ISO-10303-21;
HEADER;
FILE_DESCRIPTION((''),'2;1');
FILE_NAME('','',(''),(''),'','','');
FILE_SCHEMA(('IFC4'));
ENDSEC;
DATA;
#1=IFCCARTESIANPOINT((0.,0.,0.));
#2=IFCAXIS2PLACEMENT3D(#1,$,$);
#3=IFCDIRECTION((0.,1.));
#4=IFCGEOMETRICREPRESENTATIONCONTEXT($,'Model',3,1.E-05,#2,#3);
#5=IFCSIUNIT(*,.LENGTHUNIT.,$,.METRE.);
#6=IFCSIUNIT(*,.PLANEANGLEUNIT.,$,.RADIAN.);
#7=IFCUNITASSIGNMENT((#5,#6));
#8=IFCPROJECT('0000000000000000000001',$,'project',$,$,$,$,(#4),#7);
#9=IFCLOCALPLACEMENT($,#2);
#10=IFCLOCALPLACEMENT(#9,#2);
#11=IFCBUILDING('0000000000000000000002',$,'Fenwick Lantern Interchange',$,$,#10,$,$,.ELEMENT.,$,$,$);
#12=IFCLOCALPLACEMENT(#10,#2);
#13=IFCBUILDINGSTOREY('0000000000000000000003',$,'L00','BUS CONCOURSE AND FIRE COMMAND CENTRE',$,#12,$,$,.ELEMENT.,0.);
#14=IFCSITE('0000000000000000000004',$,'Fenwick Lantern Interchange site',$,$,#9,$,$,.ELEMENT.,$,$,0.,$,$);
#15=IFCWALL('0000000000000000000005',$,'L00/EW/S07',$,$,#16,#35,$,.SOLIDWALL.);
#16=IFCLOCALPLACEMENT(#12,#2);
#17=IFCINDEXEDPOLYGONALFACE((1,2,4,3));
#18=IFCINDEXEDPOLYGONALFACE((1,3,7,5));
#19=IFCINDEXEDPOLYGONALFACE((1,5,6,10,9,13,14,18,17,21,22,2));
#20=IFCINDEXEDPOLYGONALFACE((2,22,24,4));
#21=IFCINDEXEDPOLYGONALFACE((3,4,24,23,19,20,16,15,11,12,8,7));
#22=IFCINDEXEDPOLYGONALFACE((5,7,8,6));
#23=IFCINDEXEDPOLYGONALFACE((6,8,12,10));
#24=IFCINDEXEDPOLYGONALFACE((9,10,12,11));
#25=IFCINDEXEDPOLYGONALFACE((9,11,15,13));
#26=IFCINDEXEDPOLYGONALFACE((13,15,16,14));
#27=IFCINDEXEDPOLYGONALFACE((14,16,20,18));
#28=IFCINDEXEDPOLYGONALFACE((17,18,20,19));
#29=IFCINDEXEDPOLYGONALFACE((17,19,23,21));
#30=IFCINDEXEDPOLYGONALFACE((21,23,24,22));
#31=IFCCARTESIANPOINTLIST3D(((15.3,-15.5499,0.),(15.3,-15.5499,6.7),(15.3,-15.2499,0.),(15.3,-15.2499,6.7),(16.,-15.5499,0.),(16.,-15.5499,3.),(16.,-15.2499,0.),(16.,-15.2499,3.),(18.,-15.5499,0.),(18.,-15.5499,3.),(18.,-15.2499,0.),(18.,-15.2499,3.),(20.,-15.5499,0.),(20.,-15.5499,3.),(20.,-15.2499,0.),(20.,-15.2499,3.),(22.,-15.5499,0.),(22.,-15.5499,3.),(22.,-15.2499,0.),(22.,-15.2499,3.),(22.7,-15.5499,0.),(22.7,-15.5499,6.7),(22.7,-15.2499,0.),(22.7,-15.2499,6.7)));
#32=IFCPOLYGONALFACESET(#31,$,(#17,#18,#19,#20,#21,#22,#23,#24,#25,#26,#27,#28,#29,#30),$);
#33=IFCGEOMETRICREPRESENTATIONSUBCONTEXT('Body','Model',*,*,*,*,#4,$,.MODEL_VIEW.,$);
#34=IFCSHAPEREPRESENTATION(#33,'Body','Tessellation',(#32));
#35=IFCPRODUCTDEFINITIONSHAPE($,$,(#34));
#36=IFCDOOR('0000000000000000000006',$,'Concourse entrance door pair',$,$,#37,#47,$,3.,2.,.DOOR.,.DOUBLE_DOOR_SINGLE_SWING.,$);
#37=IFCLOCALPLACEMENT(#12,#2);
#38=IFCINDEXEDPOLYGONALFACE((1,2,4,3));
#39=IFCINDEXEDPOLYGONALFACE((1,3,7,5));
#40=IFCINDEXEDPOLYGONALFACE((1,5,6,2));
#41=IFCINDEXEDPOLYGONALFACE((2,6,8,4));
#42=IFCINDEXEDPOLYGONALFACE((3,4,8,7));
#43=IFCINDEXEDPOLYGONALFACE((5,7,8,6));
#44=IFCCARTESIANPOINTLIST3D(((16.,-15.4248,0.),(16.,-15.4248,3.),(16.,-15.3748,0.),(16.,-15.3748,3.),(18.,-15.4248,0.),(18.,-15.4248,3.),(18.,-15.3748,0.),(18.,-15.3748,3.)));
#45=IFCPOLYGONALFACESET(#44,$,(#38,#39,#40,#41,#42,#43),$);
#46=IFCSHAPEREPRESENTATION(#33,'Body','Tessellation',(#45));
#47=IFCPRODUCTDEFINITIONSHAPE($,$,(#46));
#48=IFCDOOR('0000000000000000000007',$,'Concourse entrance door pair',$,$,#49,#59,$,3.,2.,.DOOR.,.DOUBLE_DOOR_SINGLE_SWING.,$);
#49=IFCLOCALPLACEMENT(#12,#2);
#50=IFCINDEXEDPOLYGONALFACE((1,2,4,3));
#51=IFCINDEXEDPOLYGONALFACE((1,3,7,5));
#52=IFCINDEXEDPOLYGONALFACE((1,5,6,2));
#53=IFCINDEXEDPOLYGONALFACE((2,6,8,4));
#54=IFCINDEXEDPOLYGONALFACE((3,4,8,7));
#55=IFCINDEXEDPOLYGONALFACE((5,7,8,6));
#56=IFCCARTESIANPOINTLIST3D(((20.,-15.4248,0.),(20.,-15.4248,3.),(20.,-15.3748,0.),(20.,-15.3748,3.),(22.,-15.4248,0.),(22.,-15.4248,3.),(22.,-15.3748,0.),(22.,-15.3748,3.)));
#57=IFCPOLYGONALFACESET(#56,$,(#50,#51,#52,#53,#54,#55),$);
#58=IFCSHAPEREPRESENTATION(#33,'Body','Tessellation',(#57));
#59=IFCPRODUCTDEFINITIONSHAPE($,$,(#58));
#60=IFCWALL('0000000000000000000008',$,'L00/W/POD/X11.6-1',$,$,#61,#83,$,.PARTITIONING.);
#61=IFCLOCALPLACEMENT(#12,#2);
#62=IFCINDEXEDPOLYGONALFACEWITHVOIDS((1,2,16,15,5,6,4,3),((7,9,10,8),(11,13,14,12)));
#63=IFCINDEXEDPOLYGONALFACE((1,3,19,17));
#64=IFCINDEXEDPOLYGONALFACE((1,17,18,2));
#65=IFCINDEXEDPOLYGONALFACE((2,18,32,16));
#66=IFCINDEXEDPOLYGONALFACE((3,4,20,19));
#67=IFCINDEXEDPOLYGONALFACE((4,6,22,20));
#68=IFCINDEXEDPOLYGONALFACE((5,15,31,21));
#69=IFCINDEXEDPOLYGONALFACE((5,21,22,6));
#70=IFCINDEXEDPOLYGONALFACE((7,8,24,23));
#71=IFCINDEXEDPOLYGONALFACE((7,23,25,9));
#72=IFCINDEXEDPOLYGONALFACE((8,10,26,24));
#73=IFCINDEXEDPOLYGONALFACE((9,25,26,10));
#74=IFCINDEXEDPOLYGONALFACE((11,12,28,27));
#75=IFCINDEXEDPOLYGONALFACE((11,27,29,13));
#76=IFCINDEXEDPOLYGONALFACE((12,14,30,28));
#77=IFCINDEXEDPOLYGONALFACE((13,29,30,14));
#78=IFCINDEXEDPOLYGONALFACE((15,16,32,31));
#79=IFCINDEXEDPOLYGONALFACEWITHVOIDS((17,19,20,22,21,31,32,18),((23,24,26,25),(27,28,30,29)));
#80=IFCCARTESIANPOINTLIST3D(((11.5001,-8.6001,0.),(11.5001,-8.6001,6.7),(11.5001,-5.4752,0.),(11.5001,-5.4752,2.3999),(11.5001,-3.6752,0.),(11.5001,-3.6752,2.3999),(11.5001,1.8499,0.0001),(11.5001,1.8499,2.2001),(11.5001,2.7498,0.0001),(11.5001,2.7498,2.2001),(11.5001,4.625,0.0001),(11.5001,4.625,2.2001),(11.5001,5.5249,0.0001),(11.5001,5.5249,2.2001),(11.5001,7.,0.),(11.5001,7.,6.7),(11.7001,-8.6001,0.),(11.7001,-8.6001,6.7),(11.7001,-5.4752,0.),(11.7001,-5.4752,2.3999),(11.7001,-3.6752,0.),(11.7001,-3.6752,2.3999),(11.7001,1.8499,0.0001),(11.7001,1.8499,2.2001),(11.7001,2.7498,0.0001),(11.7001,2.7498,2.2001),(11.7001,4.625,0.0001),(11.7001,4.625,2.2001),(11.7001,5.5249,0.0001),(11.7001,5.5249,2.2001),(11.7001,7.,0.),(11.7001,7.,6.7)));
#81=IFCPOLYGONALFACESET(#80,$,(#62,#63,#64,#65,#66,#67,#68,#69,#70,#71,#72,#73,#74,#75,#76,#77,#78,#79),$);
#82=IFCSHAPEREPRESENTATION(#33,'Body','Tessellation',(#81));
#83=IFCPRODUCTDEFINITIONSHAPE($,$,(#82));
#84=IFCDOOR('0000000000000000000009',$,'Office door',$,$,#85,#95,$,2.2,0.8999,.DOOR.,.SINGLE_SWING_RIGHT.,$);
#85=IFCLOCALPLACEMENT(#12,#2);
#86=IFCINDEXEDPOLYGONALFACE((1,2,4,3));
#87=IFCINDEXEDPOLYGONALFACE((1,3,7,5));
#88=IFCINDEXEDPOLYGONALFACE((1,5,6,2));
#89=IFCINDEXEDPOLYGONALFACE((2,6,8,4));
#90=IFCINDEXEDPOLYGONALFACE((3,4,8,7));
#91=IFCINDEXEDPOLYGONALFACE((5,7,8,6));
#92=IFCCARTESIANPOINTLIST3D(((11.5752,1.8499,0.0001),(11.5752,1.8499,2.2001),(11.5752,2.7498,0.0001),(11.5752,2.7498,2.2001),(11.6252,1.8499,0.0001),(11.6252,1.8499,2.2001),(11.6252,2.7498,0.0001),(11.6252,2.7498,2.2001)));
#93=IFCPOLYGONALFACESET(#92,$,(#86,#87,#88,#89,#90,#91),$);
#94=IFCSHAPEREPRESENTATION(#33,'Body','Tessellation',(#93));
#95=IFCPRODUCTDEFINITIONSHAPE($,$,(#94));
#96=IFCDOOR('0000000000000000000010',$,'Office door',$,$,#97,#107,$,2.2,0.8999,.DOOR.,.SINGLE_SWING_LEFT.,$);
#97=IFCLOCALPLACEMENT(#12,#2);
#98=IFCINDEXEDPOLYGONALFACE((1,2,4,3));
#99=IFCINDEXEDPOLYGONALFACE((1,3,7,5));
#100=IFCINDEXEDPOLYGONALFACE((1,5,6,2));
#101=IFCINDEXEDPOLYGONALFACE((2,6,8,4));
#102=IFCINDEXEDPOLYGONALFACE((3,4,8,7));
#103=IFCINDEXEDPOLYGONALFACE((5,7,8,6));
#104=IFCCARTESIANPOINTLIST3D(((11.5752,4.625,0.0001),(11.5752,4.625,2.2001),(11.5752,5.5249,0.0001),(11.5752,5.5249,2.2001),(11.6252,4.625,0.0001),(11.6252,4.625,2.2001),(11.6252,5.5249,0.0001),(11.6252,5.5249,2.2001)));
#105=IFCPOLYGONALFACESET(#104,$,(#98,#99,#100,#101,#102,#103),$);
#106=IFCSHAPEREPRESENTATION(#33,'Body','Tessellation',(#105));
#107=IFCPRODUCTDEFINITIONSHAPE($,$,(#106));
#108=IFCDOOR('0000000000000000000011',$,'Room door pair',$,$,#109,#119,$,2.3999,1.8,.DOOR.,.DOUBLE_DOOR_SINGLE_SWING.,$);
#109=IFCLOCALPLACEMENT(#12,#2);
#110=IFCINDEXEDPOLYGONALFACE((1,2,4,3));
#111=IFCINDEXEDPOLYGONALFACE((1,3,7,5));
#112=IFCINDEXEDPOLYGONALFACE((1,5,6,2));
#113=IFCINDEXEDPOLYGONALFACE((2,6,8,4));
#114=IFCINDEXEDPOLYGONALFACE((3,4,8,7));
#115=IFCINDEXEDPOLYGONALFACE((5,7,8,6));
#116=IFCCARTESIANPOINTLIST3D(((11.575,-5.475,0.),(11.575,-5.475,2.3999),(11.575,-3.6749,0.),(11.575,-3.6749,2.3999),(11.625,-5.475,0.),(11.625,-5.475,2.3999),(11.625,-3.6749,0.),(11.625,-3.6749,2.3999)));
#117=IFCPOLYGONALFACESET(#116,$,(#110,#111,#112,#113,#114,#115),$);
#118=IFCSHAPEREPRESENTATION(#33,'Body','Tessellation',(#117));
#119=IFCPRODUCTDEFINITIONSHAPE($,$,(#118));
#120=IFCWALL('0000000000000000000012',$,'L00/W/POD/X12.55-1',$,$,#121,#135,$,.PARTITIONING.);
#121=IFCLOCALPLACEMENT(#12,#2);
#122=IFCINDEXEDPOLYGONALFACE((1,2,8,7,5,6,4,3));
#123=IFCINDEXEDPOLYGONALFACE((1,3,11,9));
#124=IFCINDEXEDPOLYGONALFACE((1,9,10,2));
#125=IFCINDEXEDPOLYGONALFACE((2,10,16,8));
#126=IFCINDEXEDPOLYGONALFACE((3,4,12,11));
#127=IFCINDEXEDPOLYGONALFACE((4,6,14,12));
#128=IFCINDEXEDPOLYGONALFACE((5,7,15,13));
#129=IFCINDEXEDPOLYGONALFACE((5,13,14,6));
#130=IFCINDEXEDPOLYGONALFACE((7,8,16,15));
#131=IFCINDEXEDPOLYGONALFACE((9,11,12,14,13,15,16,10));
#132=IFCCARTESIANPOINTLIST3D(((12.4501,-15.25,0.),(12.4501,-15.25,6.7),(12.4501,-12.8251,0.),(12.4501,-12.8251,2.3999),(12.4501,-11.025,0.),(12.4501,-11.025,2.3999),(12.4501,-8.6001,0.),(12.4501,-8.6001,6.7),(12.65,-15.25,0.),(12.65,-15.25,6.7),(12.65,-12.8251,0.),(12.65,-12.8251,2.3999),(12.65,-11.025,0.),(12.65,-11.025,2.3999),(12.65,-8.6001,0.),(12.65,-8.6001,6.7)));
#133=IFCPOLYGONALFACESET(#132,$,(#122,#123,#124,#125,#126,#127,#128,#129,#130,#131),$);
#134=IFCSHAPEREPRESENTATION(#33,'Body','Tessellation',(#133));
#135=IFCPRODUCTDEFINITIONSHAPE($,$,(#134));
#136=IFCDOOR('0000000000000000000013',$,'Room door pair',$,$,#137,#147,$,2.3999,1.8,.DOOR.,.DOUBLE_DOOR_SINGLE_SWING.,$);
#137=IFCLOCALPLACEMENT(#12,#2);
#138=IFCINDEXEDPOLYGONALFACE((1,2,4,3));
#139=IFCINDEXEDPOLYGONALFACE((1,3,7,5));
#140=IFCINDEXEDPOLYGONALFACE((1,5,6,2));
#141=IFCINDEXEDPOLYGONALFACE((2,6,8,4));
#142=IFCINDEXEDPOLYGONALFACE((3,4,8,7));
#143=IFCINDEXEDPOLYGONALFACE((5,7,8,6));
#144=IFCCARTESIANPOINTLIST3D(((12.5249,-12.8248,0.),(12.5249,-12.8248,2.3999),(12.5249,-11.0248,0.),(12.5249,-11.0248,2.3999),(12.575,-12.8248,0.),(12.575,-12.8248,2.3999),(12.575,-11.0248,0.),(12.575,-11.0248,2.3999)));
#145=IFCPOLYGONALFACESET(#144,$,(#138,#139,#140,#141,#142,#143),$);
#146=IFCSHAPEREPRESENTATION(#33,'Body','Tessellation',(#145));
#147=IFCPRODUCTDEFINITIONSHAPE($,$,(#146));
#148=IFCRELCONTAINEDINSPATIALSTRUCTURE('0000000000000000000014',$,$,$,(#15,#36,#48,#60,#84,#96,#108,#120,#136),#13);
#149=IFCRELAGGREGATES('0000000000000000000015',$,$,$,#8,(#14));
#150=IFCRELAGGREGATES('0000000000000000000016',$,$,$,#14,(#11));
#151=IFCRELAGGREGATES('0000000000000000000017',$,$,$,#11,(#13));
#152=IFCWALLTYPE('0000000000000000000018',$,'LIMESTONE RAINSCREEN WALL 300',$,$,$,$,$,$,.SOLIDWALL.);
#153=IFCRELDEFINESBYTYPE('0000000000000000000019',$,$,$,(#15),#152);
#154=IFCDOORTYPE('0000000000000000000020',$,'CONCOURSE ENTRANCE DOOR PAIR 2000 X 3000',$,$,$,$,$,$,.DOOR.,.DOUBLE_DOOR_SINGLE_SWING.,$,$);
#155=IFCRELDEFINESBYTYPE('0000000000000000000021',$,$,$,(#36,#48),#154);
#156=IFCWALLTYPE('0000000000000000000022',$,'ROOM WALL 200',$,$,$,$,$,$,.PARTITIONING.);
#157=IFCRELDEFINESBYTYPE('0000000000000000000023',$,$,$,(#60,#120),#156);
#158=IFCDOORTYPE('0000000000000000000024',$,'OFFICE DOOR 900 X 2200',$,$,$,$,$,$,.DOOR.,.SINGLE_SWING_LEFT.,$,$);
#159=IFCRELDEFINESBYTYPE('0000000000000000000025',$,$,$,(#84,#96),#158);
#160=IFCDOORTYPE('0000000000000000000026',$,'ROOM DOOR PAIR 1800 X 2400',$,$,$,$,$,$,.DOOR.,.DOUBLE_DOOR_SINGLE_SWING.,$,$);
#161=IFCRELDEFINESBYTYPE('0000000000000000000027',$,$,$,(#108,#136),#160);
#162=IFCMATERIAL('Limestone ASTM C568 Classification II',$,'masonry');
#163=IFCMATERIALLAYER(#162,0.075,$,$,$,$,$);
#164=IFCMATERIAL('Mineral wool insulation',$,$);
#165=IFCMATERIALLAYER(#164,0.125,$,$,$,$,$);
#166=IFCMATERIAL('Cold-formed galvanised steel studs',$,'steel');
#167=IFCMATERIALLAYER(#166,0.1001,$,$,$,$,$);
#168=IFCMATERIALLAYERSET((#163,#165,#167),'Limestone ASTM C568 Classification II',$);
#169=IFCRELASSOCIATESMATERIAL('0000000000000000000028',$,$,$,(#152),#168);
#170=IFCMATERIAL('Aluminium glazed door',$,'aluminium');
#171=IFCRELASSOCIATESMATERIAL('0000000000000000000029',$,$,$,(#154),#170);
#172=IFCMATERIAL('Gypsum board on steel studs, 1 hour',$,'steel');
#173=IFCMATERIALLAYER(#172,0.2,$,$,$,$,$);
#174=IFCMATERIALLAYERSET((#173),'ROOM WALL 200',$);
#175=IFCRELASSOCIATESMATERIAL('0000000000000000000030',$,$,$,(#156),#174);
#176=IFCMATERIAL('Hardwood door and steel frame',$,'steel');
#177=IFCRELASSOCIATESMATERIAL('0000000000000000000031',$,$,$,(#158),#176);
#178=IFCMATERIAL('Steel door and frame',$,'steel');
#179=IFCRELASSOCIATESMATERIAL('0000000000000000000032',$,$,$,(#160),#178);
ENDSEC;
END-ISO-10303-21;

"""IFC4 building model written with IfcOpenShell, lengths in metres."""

from ifc_helpers import new_model, si_unit, direction, frame, frame_2d, origin, place, context, subcontext, project, spatial, rectangle, extrude, material, layer, layer_set, type_object, element, fill, save


model = new_model("IFC4")

# Units and contexts
model_context = context("Model", 3, precision=1e-05, world=origin(), true_north=direction((0.0, 1.0)))
body_context = subcontext(model_context, "Body", "Model", "MODEL_VIEW")
ifc_project = project(units=[si_unit("LENGTHUNIT", "METRE"), si_unit("PLANEANGLEUNIT", "RADIAN")], contexts=[model_context])

# Site, building, storey
site_placement = place(None, origin())
site = spatial("IfcSite", under=ifc_project, at=site_placement, Name="Fenwick Lantern Interchange site", CompositionType="ELEMENT", RefElevation=0.0)
building_placement = place(site_placement, origin())
building = spatial("IfcBuilding", under=site, at=building_placement, Name="Fenwick Lantern Interchange", CompositionType="ELEMENT")
storey_placement = place(building_placement, origin())
storey = spatial("IfcBuildingStorey", under=building, at=storey_placement, Name="L00", Description="BUS CONCOURSE AND FIRE COMMAND CENTRE", CompositionType="ELEMENT", Elevation=0.0)

# Shared definitions
ifc_material_1 = material(Name="Limestone ASTM C568 Classification II", Category="masonry")
ifc_layer_1 = layer(ifc_material_1, 0.075)
ifc_material_2 = material(Name="Mineral wool insulation")
ifc_layer_2 = layer(ifc_material_2, 0.125)
ifc_material_3 = material(Name="Cold-formed galvanised steel studs", Category="steel")
ifc_layer_3 = layer(ifc_material_3, 0.1001)
ifc_layer_set_1 = layer_set([ifc_layer_1, ifc_layer_2, ifc_layer_3], Name="Limestone ASTM C568 Classification II")
wall_type_1 = type_object("IfcWallType", Name="LIMESTONE RAINSCREEN WALL 300", PredefinedType="SOLIDWALL", material=ifc_layer_set_1)

# Walls, openings, doors
wall_1_placement = place(storey_placement, frame((15.3, -15.3999, 0.0), z_axis=(0.0, 0.0, 1.0), x_axis=(1.0, 0.0, 0.0)))
wall_1 = element("IfcWall", 1, at=wall_1_placement, inside=storey, type_object=wall_type_1, Name="L00/EW/S07", PredefinedType="SOLIDWALL", context=body_context, shape_type="SweptSolid", body=[
    extrude(rectangle(XDim=7.3999, YDim=0.3, at=frame_2d((3.7, 0.0))), origin(), (0.0, 0.0, 1.0), 6.7),
])
opening_1_placement = place(wall_1_placement, frame((0.7, 0.0, 0.0)))
opening_1 = element("IfcOpeningElement", 2, at=opening_1_placement, cuts=wall_1, PredefinedType="OPENING", context=body_context, shape_type="SweptSolid", body=[
    extrude(rectangle(XDim=2.0, YDim=3.0, at=frame_2d((1.0, 1.5))), frame((0.0, 0.1599, 0.0), z_axis=(0.0, -1.0, 0.0), x_axis=(1.0, 0.0, 0.0)), (0.0, 0.0, 1.0), 0.3201),
])
opening_2_placement = place(wall_1_placement, frame((4.7, 0.0, 0.0)))
opening_2 = element("IfcOpeningElement", 3, at=opening_2_placement, cuts=wall_1, PredefinedType="OPENING", context=body_context, shape_type="SweptSolid", body=[
    extrude(rectangle(XDim=2.0, YDim=3.0, at=frame_2d((1.0, 1.5))), frame((0.0, 0.1599, 0.0), z_axis=(0.0, -1.0, 0.0), x_axis=(1.0, 0.0, 0.0)), (0.0, 0.0, 1.0), 0.3201),
])
ifc_material_4 = material(Name="Aluminium glazed door", Category="aluminium")
door_type_1 = type_object("IfcDoorType", Name="CONCOURSE ENTRANCE DOOR PAIR 2000 X 3000", OperationType="DOUBLE_DOOR_SINGLE_SWING", PredefinedType="DOOR", material=ifc_material_4)
door_1_placement = place(opening_1_placement, frame((2.0, 0.0, 0.0), z_axis=(0.0, 0.0, 1.0), x_axis=(-1.0, 0.0, 0.0)))
door_1 = element("IfcDoor", 4, at=door_1_placement, inside=storey, type_object=door_type_1, Name="Concourse entrance door pair", OperationType="DOUBLE_DOOR_SINGLE_SWING", OverallHeight=3.0, OverallWidth=2.0, PredefinedType="DOOR", context=body_context, shape_type="SweptSolid", body=[
    extrude(rectangle(XDim=2.0, YDim=3.0, at=frame_2d((1.0, 1.5))), frame((0.0, 0.0249, 0.0), z_axis=(0.0, -1.0, 0.0), x_axis=(1.0, 0.0, 0.0)), (0.0, 0.0, 1.0), 0.05),
])
fill(opening_1, door_1)
door_2_placement = place(opening_2_placement, frame((2.0, 0.0, 0.0), z_axis=(0.0, 0.0, 1.0), x_axis=(-1.0, 0.0, 0.0)))
door_2 = element("IfcDoor", 5, at=door_2_placement, inside=storey, type_object=door_type_1, Name="Concourse entrance door pair", OperationType="DOUBLE_DOOR_SINGLE_SWING", OverallHeight=3.0, OverallWidth=2.0, PredefinedType="DOOR", context=body_context, shape_type="SweptSolid", body=[
    extrude(rectangle(XDim=2.0, YDim=3.0, at=frame_2d((1.0, 1.5))), frame((0.0, 0.0249, 0.0), z_axis=(0.0, -1.0, 0.0), x_axis=(1.0, 0.0, 0.0)), (0.0, 0.0, 1.0), 0.05),
])
fill(opening_2, door_2)
ifc_material_5 = material(Name="Gypsum board on steel studs, 1 hour", Category="steel")
ifc_layer_4 = layer(ifc_material_5, 0.2)
ifc_layer_set_2 = layer_set([ifc_layer_4], Name="ROOM WALL 200")
wall_type_2 = type_object("IfcWallType", Name="ROOM WALL 200", PredefinedType="PARTITIONING", material=ifc_layer_set_2)
wall_2_placement = place(storey_placement, frame((11.6001, -8.6001, 0.0), z_axis=(0.0, 0.0, 1.0), x_axis=(0.0, 1.0, 0.0)))
wall_2 = element("IfcWall", 6, at=wall_2_placement, inside=storey, type_object=wall_type_2, Name="L00/W/POD/X11.6-1", PredefinedType="PARTITIONING", context=body_context, shape_type="SweptSolid", body=[
    extrude(rectangle(XDim=15.6001, YDim=0.2, at=frame_2d((7.8, 0.0))), origin(), (0.0, 0.0, 1.0), 6.7),
])
opening_3_placement = place(wall_2_placement, frame((3.125, 0.0, 0.0)))
opening_3 = element("IfcOpeningElement", 7, at=opening_3_placement, cuts=wall_2, PredefinedType="OPENING", context=body_context, shape_type="SweptSolid", body=[
    extrude(rectangle(XDim=1.8, YDim=2.3999, at=frame_2d((0.8999, 1.2))), frame((0.0, 0.1099, 0.0), z_axis=(0.0, -1.0, 0.0), x_axis=(1.0, 0.0, 0.0)), (0.0, 0.0, 1.0), 0.22),
])
opening_4_placement = place(wall_2_placement, frame((10.45, 0.0, 0.0)))
opening_4 = element("IfcOpeningElement", 8, at=opening_4_placement, cuts=wall_2, PredefinedType="OPENING", context=body_context, shape_type="SweptSolid", body=[
    extrude(rectangle(XDim=0.8999, YDim=2.2, at=frame_2d((0.45, 1.1001))), frame((0.0, 0.1099, 0.0), z_axis=(0.0, -1.0, 0.0), x_axis=(1.0, 0.0, 0.0)), (0.0, 0.0, 1.0), 0.22),
])
opening_5_placement = place(wall_2_placement, frame((13.2251, 0.0, 0.0)))
opening_5 = element("IfcOpeningElement", 9, at=opening_5_placement, cuts=wall_2, PredefinedType="OPENING", context=body_context, shape_type="SweptSolid", body=[
    extrude(rectangle(XDim=0.8999, YDim=2.2, at=frame_2d((0.45, 1.1001))), frame((0.0, 0.1099, 0.0), z_axis=(0.0, -1.0, 0.0), x_axis=(1.0, 0.0, 0.0)), (0.0, 0.0, 1.0), 0.22),
])
ifc_material_6 = material(Name="Hardwood door and steel frame", Category="steel")
door_type_2 = type_object("IfcDoorType", Name="OFFICE DOOR 900 X 2200", OperationType="SINGLE_SWING_LEFT", PredefinedType="DOOR", material=ifc_material_6)
door_3_placement = place(opening_4_placement, origin())
door_3 = element("IfcDoor", 10, at=door_3_placement, inside=storey, type_object=door_type_2, Name="Office door", OperationType="SINGLE_SWING_RIGHT", OverallHeight=2.2, OverallWidth=0.8999, PredefinedType="DOOR", context=body_context, shape_type="SweptSolid", body=[
    extrude(rectangle(XDim=0.8999, YDim=2.2, at=frame_2d((0.45, 1.1001))), frame((0.0, 0.0249, 0.0), z_axis=(0.0, -1.0, 0.0), x_axis=(1.0, 0.0, 0.0)), (0.0, 0.0, 1.0), 0.05),
])
fill(opening_4, door_3)
door_4_placement = place(opening_5_placement, origin())
door_4 = element("IfcDoor", 11, at=door_4_placement, inside=storey, type_object=door_type_2, Name="Office door", OperationType="SINGLE_SWING_LEFT", OverallHeight=2.2, OverallWidth=0.8999, PredefinedType="DOOR", context=body_context, shape_type="SweptSolid", body=[
    extrude(rectangle(XDim=0.8999, YDim=2.2, at=frame_2d((0.45, 1.1001))), frame((0.0, 0.0249, 0.0), z_axis=(0.0, -1.0, 0.0), x_axis=(1.0, 0.0, 0.0)), (0.0, 0.0, 1.0), 0.05),
])
fill(opening_5, door_4)
ifc_material_7 = material(Name="Steel door and frame", Category="steel")
door_type_3 = type_object("IfcDoorType", Name="ROOM DOOR PAIR 1800 X 2400", OperationType="DOUBLE_DOOR_SINGLE_SWING", PredefinedType="DOOR", material=ifc_material_7)
door_5_placement = place(opening_3_placement, frame((1.8, 0.0, 0.0), z_axis=(0.0, 0.0, 1.0), x_axis=(-1.0, 0.0, 0.0)))
door_5 = element("IfcDoor", 12, at=door_5_placement, inside=storey, type_object=door_type_3, Name="Room door pair", OperationType="DOUBLE_DOOR_SINGLE_SWING", OverallHeight=2.3999, OverallWidth=1.8, PredefinedType="DOOR", context=body_context, shape_type="SweptSolid", body=[
    extrude(rectangle(XDim=1.8, YDim=2.3999, at=frame_2d((0.8999, 1.2))), frame((0.0, 0.0249, 0.0), z_axis=(0.0, -1.0, 0.0), x_axis=(1.0, 0.0, 0.0)), (0.0, 0.0, 1.0), 0.05),
])
fill(opening_3, door_5)

# Wall, opening, door
wall_3_placement = place(storey_placement, frame((12.55, -15.25, 0.0), z_axis=(0.0, 0.0, 1.0), x_axis=(0.0, 1.0, 0.0)))
wall_3 = element("IfcWall", 13, at=wall_3_placement, inside=storey, type_object=wall_type_2, Name="L00/W/POD/X12.55-1", PredefinedType="PARTITIONING", context=body_context, shape_type="SweptSolid", body=[
    extrude(rectangle(XDim=6.6499, YDim=0.2, at=frame_2d((3.325, 0.0))), origin(), (0.0, 0.0, 1.0), 6.7),
])
opening_6_placement = place(wall_3_placement, frame((2.425, 0.0, 0.0)))
opening_6 = element("IfcOpeningElement", 14, at=opening_6_placement, cuts=wall_3, PredefinedType="OPENING", context=body_context, shape_type="SweptSolid", body=[
    extrude(rectangle(XDim=1.8, YDim=2.3999, at=frame_2d((0.8999, 1.2))), frame((0.0, 0.1099, 0.0), z_axis=(0.0, -1.0, 0.0), x_axis=(1.0, 0.0, 0.0)), (0.0, 0.0, 1.0), 0.22),
])
door_6_placement = place(opening_6_placement, frame((1.8, 0.0, 0.0), z_axis=(0.0, 0.0, 1.0), x_axis=(-1.0, 0.0, 0.0)))
door_6 = element("IfcDoor", 15, at=door_6_placement, inside=storey, type_object=door_type_3, Name="Room door pair", OperationType="DOUBLE_DOOR_SINGLE_SWING", OverallHeight=2.3999, OverallWidth=1.8, PredefinedType="DOOR", context=body_context, shape_type="SweptSolid", body=[
    extrude(rectangle(XDim=1.8, YDim=2.3999, at=frame_2d((0.8999, 1.2))), frame((0.0, 0.0249, 0.0), z_axis=(0.0, -1.0, 0.0), x_axis=(1.0, 0.0, 0.0)), (0.0, 0.0, 1.0), 0.05),
])
fill(opening_6, door_6)

save(model, "model.ifc")
